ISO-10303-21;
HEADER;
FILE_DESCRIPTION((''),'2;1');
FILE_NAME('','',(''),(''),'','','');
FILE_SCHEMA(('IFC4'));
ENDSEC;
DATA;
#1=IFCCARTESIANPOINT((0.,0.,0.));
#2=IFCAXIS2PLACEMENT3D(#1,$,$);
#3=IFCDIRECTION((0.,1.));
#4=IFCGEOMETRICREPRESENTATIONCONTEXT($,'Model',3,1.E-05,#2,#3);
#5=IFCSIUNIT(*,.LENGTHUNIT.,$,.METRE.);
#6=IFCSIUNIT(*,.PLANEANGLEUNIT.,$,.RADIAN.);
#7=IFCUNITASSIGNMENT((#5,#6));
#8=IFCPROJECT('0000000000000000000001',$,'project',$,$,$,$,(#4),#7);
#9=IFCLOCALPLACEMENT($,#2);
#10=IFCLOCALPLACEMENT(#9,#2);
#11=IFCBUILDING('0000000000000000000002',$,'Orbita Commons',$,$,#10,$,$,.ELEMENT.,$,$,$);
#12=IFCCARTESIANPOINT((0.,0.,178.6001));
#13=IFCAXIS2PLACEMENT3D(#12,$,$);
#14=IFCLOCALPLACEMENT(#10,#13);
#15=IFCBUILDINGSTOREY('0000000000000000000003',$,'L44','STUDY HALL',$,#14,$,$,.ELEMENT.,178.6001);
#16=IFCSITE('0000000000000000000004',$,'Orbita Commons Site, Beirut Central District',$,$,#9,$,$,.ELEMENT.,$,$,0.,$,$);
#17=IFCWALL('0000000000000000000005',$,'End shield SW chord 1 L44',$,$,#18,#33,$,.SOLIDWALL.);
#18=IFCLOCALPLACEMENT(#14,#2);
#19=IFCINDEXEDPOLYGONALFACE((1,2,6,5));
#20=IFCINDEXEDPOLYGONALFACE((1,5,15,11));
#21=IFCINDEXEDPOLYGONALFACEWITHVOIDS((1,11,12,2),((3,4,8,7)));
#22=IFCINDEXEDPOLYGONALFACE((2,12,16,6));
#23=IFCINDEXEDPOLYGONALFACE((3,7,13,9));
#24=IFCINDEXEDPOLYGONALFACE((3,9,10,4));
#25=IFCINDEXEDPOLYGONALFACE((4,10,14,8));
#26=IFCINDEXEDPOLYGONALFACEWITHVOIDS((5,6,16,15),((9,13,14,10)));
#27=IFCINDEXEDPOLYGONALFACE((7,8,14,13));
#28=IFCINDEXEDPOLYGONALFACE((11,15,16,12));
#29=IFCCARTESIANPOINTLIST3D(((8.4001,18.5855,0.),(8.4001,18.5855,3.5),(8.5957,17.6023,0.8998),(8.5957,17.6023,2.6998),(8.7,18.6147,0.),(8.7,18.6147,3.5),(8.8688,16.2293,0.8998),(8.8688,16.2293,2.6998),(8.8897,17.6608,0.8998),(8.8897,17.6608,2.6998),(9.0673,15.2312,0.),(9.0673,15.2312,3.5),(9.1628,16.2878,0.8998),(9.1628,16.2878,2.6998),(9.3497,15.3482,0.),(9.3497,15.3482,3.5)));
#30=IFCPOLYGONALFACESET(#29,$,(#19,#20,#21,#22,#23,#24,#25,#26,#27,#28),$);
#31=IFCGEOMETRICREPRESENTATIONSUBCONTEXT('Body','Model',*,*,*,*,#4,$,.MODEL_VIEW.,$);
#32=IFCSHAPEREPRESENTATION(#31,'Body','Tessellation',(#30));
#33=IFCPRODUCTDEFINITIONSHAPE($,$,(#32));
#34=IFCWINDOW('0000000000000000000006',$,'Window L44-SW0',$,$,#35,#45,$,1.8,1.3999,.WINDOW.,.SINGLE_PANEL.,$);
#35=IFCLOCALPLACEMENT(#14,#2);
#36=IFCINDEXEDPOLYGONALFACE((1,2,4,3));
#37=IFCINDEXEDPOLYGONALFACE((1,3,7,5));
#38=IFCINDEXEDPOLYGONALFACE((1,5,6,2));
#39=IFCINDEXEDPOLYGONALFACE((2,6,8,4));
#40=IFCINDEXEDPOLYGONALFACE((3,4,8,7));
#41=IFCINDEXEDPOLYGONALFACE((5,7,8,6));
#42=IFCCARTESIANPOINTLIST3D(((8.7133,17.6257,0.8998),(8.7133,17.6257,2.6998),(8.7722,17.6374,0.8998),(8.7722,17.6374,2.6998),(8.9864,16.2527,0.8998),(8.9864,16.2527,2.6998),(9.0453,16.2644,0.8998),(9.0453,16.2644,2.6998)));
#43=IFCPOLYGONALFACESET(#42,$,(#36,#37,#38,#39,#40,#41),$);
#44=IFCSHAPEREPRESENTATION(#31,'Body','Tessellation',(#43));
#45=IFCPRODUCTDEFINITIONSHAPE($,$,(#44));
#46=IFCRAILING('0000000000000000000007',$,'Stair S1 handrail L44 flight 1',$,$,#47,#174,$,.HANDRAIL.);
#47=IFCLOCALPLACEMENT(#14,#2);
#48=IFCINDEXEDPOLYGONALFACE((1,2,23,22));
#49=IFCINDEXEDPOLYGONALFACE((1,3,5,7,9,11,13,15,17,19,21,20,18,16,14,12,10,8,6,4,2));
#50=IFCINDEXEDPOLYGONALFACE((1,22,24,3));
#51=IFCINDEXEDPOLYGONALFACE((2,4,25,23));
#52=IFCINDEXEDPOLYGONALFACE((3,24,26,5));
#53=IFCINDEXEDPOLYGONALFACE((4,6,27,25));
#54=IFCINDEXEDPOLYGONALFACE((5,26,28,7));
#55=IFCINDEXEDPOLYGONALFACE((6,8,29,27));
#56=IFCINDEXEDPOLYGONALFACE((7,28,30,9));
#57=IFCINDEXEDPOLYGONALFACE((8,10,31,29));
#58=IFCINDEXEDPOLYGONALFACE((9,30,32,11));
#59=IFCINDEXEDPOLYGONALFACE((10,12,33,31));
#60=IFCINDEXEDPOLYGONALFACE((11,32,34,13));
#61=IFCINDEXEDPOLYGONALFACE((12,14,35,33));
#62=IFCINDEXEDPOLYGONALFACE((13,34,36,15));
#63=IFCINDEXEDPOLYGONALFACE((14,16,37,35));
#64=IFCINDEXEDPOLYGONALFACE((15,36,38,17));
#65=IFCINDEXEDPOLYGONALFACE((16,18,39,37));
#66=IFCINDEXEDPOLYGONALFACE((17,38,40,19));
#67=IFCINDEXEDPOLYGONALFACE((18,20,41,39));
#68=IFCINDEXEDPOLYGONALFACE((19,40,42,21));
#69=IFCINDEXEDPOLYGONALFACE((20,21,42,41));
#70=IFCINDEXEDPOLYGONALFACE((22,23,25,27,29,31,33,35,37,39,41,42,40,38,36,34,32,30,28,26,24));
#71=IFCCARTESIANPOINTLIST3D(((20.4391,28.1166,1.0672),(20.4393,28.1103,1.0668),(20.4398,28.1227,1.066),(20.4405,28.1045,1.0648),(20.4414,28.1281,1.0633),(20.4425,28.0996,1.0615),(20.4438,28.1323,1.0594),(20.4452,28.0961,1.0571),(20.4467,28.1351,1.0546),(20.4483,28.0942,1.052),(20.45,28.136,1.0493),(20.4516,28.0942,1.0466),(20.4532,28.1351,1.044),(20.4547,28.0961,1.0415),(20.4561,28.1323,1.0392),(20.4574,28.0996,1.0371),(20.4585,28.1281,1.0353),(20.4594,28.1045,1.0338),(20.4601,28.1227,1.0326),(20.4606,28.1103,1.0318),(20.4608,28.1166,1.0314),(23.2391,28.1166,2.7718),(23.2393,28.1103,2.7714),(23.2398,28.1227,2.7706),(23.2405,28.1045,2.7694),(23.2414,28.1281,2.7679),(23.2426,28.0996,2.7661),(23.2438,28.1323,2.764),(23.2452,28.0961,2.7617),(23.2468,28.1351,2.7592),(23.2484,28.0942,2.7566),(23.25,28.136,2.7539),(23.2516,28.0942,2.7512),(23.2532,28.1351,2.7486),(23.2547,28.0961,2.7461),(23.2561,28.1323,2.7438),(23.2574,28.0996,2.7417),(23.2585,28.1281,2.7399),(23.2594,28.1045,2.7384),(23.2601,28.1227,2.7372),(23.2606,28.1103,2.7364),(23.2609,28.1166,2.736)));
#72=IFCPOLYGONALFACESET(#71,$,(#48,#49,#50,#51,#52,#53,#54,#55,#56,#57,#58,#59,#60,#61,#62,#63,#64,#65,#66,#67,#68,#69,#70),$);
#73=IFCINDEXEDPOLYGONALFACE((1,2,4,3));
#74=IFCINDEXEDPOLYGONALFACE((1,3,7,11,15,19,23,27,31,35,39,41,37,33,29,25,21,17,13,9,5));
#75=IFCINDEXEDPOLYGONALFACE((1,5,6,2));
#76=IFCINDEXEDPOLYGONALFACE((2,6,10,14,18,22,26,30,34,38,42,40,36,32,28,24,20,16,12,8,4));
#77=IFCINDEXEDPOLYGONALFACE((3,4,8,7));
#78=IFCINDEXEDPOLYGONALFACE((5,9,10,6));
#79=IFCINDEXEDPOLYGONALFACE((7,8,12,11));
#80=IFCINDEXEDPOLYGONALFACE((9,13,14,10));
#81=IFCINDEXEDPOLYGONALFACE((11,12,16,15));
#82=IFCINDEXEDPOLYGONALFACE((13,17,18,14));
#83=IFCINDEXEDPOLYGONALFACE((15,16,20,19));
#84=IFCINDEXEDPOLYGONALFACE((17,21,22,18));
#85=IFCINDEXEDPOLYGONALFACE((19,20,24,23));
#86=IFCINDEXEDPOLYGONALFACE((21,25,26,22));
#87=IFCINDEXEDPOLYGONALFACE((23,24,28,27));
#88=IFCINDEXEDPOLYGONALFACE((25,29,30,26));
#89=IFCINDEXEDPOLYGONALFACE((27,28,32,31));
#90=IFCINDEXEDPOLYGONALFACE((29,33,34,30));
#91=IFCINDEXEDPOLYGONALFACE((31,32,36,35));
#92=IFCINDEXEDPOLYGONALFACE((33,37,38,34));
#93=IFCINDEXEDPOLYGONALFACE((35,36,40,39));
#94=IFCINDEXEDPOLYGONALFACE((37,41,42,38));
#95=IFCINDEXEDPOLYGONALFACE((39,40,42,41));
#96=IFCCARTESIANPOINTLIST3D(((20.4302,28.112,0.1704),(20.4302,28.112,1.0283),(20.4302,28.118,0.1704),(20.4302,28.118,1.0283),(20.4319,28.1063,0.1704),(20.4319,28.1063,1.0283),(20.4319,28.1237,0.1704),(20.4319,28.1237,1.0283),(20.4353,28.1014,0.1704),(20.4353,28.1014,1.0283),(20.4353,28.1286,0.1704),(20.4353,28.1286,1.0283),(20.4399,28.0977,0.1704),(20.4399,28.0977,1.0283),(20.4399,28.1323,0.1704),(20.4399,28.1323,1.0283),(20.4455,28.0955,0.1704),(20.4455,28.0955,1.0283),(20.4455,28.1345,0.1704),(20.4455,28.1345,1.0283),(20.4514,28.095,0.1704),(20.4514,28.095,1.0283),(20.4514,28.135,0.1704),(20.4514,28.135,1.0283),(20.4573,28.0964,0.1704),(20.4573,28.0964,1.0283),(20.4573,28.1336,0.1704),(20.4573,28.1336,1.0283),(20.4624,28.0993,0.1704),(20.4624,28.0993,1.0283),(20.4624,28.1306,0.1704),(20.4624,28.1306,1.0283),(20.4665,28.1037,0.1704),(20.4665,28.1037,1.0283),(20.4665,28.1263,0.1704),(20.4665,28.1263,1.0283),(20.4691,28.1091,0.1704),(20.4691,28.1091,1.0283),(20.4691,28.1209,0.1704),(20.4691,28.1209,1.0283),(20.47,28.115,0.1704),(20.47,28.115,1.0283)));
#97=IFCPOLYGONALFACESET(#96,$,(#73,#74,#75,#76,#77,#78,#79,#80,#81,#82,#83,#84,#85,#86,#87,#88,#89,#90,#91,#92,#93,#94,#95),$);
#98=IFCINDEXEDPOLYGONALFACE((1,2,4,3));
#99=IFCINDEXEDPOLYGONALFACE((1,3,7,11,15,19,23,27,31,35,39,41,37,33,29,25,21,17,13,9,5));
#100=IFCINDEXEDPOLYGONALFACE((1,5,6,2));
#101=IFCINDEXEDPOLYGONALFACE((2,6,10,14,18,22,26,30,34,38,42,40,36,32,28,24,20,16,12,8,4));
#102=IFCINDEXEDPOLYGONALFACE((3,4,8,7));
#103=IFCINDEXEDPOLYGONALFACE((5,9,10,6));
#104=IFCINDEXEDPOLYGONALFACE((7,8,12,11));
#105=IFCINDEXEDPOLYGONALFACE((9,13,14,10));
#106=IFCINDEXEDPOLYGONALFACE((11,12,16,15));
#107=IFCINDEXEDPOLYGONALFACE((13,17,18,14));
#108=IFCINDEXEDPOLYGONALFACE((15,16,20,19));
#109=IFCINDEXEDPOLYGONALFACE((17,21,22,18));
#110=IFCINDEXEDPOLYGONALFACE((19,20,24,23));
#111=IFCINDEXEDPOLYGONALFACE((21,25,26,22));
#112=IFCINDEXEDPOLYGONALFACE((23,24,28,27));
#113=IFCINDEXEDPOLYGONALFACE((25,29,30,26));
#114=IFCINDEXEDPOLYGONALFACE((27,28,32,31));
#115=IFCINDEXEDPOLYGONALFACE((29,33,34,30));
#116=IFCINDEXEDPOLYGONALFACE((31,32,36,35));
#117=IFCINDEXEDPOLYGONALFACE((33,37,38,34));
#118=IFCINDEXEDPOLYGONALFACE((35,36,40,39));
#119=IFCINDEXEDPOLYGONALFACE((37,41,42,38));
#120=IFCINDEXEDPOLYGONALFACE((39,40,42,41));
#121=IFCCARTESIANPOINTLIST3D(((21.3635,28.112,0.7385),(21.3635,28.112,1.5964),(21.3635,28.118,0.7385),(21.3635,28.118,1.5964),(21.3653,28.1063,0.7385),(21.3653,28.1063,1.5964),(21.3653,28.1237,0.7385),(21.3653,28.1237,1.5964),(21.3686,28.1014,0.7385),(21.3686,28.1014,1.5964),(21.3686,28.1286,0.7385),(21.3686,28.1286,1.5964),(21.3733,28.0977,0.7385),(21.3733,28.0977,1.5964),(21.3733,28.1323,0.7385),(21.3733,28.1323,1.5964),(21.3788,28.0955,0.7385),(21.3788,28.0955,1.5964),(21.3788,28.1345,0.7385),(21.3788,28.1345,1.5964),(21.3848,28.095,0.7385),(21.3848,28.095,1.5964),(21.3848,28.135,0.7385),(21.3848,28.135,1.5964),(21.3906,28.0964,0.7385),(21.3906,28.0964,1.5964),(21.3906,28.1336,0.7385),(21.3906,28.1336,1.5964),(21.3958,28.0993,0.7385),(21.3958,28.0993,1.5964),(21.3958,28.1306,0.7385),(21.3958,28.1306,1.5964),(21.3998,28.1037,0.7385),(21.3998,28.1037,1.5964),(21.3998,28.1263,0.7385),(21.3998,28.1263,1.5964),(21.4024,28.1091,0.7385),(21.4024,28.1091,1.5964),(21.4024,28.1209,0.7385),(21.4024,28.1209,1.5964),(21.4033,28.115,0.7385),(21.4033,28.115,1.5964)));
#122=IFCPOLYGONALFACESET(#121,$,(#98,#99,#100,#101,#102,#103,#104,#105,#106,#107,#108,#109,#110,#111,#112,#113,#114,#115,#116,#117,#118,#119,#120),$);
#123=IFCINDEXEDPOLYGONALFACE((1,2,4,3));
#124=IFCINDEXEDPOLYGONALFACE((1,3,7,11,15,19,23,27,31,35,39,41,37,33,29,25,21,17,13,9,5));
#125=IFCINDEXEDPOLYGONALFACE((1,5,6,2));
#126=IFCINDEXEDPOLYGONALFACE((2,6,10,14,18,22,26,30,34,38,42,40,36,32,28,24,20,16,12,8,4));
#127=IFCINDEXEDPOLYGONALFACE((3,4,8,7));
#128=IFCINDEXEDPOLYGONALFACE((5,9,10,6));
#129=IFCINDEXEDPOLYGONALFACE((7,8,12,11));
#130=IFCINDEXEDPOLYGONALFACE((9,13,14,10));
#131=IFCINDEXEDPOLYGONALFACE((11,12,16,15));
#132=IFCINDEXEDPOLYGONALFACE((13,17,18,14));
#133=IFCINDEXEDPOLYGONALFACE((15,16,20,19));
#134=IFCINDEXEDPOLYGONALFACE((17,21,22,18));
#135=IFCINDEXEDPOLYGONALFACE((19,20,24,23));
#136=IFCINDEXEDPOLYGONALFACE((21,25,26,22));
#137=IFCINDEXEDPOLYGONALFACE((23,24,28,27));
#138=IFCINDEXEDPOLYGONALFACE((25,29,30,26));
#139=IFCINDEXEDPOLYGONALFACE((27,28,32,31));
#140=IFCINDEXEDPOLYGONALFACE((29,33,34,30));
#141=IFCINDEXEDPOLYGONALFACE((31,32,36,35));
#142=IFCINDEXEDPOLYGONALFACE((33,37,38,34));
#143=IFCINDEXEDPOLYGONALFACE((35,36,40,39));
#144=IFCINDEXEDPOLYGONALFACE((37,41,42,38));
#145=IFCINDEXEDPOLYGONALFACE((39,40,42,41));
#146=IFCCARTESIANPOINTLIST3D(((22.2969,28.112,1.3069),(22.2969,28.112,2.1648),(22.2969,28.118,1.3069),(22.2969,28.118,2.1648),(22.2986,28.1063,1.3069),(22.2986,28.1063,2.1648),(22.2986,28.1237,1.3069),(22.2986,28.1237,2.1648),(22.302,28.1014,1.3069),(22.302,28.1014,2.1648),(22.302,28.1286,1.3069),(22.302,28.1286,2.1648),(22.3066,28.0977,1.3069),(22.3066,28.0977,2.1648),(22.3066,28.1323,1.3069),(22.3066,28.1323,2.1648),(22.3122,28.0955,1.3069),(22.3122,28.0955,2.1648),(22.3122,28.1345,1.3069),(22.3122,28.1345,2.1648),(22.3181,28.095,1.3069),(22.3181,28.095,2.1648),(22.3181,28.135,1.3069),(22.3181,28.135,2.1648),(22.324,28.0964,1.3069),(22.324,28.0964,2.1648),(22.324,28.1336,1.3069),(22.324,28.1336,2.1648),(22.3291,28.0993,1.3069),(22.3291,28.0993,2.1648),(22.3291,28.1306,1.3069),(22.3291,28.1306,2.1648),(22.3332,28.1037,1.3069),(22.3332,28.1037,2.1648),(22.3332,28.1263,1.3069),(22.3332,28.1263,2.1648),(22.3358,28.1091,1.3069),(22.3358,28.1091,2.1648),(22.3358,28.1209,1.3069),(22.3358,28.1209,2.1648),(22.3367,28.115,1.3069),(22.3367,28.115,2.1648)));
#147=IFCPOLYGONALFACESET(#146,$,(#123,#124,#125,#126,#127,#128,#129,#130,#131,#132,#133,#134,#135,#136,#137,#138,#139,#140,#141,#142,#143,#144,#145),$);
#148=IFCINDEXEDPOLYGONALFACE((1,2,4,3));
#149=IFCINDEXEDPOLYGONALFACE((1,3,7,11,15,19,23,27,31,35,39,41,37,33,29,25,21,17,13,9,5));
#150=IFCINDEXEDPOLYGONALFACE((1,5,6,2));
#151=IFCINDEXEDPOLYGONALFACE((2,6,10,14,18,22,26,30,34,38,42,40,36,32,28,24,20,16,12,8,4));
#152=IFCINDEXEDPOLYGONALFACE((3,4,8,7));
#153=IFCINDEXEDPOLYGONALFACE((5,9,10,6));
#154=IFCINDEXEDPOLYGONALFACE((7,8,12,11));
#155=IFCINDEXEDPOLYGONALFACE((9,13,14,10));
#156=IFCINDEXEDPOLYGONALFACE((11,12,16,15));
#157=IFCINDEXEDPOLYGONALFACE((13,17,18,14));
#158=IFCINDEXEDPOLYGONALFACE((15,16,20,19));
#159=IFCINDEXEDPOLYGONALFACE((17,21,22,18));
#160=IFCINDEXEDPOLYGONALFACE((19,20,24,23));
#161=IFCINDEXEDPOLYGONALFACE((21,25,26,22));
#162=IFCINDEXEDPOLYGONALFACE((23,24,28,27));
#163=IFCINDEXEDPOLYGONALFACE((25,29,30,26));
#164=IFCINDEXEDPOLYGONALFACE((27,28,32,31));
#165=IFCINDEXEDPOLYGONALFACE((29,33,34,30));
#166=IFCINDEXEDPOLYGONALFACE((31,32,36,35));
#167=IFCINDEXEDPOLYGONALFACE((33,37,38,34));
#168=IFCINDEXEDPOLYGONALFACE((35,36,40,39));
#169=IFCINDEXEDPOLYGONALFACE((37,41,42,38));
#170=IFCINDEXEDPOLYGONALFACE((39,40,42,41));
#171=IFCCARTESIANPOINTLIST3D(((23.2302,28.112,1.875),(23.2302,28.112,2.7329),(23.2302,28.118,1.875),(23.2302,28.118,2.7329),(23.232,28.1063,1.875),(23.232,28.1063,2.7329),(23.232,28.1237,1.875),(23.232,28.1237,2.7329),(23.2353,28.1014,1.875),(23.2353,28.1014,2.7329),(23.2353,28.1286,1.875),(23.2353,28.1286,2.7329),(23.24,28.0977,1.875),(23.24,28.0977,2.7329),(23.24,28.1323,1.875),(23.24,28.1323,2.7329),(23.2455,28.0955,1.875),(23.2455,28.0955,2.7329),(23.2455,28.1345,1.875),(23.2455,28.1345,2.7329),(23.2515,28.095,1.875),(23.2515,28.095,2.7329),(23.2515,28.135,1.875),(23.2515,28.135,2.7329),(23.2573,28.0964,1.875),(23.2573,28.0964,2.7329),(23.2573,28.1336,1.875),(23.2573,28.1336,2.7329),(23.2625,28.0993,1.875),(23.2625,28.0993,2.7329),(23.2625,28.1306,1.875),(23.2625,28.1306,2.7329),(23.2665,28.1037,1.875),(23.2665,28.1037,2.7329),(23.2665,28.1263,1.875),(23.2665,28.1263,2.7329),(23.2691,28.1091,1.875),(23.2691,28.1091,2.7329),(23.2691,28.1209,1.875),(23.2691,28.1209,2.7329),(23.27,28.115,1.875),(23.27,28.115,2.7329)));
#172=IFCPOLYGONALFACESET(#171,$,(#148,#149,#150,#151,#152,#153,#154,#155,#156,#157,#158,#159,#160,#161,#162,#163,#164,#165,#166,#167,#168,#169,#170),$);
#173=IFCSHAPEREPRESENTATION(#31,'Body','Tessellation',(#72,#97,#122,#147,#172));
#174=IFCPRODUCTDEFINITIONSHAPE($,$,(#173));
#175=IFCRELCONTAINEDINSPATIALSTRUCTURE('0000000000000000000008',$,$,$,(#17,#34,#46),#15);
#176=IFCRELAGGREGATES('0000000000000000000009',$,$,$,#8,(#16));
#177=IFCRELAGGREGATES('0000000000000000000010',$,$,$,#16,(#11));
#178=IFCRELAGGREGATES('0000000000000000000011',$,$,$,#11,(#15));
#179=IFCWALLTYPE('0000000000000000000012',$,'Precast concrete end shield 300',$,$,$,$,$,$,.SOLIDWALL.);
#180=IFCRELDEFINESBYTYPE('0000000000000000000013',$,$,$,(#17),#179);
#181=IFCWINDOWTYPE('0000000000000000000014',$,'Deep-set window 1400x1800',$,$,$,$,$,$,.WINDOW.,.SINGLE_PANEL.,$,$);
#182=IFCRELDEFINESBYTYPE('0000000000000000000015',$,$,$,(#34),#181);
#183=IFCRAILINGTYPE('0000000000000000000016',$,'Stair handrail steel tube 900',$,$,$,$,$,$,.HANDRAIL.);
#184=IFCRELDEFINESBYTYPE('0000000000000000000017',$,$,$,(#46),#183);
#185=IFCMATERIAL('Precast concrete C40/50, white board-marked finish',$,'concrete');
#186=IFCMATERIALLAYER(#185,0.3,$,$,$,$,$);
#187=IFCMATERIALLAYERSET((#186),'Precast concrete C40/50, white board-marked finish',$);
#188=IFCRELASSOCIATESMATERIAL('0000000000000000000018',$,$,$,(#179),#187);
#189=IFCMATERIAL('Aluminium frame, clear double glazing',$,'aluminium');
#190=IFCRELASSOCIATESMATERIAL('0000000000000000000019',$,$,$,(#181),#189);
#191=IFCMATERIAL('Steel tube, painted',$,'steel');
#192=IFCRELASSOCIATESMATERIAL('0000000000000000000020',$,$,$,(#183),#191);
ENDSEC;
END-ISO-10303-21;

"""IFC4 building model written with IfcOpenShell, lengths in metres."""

from ifc_helpers import new_model, si_unit, direction, frame, frame_2d, origin, origin_2d, place, context, subcontext, project, spatial, polyline, rectangle, circle, outline, extrude, material, layer, layer_set, type_object, element, fill, save


model = new_model("IFC4")

# Units and contexts
model_context = context("Model", 3, precision=1e-05, world=origin(), true_north=direction((0.0, 1.0)))
body_context = subcontext(model_context, "Body", "Model", "MODEL_VIEW")
ifc_project = project(units=[si_unit("LENGTHUNIT", "METRE"), si_unit("PLANEANGLEUNIT", "RADIAN")], contexts=[model_context])

# Site, building, storey
site_placement = place(None, origin())
site = spatial("IfcSite", under=ifc_project, at=site_placement, Name="Orbita Commons Site, Beirut Central District", CompositionType="ELEMENT", RefElevation=0.0)
building_placement = place(site_placement, origin())
building = spatial("IfcBuilding", under=site, at=building_placement, Name="Orbita Commons", CompositionType="ELEMENT")
storey_placement = place(building_placement, frame((0.0, 0.0, 178.6001)))
storey = spatial("IfcBuildingStorey", under=building, at=storey_placement, Name="L44", Description="STUDY HALL", CompositionType="ELEMENT", Elevation=178.6001)

# Wall, opening, window
ifc_material_1 = material(Name="Precast concrete C40/50, white board-marked finish", Category="concrete")
ifc_layer_1 = layer(ifc_material_1, 0.3)
ifc_layer_set_1 = layer_set([ifc_layer_1], Name="Precast concrete C40/50, white board-marked finish")
wall_type_1 = type_object("IfcWallType", Name="Precast concrete end shield 300", PredefinedType="SOLIDWALL", material=ifc_layer_set_1)
wall_1_placement = place(storey_placement, frame((8.55, 18.6001, 0.0), z_axis=(0.0, 0.0, 1.0), x_axis=(0.195087, -0.980786, 0.0)))
wall_1 = element("IfcWall", 1, at=wall_1_placement, inside=storey, type_object=wall_type_1, Name="End shield SW chord 1 L44", PredefinedType="SOLIDWALL", context=body_context, shape_type="SweptSolid", body=[
    extrude(outline(polyline([(-0.0149, -0.1499), (3.405, -0.1499), (3.3455, 0.1499), (0.0149, 0.1499), (-0.0149, -0.1499)])), origin(), (0.0, 0.0, 1.0), 3.5),
])
opening_1_placement = place(wall_1_placement, frame((0.9875, 0.0, 0.8999)))
opening_1 = element("IfcOpeningElement", 2, at=opening_1_placement, cuts=wall_1, PredefinedType="OPENING", context=body_context, shape_type="SweptSolid", body=[
    extrude(rectangle(XDim=1.3999, YDim=1.8, at=frame_2d((0.7, 0.8999))), frame((0.0, 0.1599, 0.0), z_axis=(0.0, -1.0, 0.0), x_axis=(1.0, 0.0, 0.0)), (0.0, 0.0, 1.0), 0.3201),
])
ifc_material_2 = material(Name="Aluminium frame, clear double glazing", Category="aluminium")
window_type = type_object("IfcWindowType", Name="Deep-set window 1400x1800", PartitioningType="SINGLE_PANEL", PredefinedType="WINDOW", material=ifc_material_2)
window_placement = place(opening_1_placement, origin())
window = element("IfcWindow", 3, at=window_placement, inside=storey, type_object=window_type, Name="Window L44-SW0", OverallHeight=1.8, OverallWidth=1.3999, PartitioningType="SINGLE_PANEL", PredefinedType="WINDOW", context=body_context, shape_type="SweptSolid", body=[
    extrude(rectangle(XDim=1.3999, YDim=1.8, at=frame_2d((0.7, 0.8999))), frame((0.0, 0.03, 0.0), z_axis=(0.0, -1.0, 0.0), x_axis=(1.0, 0.0, 0.0)), (0.0, 0.0, 1.0), 0.0601),
])
fill(opening_1, window)

# Railing
ifc_material_3 = material(Name="Steel tube, painted", Category="steel")
railing_type = type_object("IfcRailingType", Name="Stair handrail steel tube 900", PredefinedType="HANDRAIL", material=ifc_material_3)
for number, where, name in (
    (4, (20.45, 28.115, 0.1704), "Stair S1 handrail L44 flight 1"),
):
    element("IfcRailing", number, at=place(storey_placement, frame(where)), inside=storey, type_object=railing_type, Name=name, PredefinedType="HANDRAIL", context=body_context, shape_type="SweptSolid", body=[
        extrude(circle(Radius=0.021, at=origin_2d()), frame((0.0, 0.0, 0.8789), z_axis=(0.85417, 0.0, 0.519994), x_axis=(0.0, 1.0, 0.0)), (0.0, 0.0, 1.0), 3.2781),
        extrude(circle(Radius=0.02, at=origin_2d()), origin(), (0.0, 0.0, 1.0), 0.8579),
        extrude(circle(Radius=0.02, at=origin_2d()), frame((0.9333, 0.0, 0.5681)), (0.0, 0.0, 1.0), 0.8579),
        extrude(circle(Radius=0.02, at=origin_2d()), frame((1.8667, 0.0, 1.1365)), (0.0, 0.0, 1.0), 0.8579),
        extrude(circle(Radius=0.02, at=origin_2d()), frame((2.8, 0.0, 1.7046)), (0.0, 0.0, 1.0), 0.8579),
    ])

save(model, "model.ifc")
